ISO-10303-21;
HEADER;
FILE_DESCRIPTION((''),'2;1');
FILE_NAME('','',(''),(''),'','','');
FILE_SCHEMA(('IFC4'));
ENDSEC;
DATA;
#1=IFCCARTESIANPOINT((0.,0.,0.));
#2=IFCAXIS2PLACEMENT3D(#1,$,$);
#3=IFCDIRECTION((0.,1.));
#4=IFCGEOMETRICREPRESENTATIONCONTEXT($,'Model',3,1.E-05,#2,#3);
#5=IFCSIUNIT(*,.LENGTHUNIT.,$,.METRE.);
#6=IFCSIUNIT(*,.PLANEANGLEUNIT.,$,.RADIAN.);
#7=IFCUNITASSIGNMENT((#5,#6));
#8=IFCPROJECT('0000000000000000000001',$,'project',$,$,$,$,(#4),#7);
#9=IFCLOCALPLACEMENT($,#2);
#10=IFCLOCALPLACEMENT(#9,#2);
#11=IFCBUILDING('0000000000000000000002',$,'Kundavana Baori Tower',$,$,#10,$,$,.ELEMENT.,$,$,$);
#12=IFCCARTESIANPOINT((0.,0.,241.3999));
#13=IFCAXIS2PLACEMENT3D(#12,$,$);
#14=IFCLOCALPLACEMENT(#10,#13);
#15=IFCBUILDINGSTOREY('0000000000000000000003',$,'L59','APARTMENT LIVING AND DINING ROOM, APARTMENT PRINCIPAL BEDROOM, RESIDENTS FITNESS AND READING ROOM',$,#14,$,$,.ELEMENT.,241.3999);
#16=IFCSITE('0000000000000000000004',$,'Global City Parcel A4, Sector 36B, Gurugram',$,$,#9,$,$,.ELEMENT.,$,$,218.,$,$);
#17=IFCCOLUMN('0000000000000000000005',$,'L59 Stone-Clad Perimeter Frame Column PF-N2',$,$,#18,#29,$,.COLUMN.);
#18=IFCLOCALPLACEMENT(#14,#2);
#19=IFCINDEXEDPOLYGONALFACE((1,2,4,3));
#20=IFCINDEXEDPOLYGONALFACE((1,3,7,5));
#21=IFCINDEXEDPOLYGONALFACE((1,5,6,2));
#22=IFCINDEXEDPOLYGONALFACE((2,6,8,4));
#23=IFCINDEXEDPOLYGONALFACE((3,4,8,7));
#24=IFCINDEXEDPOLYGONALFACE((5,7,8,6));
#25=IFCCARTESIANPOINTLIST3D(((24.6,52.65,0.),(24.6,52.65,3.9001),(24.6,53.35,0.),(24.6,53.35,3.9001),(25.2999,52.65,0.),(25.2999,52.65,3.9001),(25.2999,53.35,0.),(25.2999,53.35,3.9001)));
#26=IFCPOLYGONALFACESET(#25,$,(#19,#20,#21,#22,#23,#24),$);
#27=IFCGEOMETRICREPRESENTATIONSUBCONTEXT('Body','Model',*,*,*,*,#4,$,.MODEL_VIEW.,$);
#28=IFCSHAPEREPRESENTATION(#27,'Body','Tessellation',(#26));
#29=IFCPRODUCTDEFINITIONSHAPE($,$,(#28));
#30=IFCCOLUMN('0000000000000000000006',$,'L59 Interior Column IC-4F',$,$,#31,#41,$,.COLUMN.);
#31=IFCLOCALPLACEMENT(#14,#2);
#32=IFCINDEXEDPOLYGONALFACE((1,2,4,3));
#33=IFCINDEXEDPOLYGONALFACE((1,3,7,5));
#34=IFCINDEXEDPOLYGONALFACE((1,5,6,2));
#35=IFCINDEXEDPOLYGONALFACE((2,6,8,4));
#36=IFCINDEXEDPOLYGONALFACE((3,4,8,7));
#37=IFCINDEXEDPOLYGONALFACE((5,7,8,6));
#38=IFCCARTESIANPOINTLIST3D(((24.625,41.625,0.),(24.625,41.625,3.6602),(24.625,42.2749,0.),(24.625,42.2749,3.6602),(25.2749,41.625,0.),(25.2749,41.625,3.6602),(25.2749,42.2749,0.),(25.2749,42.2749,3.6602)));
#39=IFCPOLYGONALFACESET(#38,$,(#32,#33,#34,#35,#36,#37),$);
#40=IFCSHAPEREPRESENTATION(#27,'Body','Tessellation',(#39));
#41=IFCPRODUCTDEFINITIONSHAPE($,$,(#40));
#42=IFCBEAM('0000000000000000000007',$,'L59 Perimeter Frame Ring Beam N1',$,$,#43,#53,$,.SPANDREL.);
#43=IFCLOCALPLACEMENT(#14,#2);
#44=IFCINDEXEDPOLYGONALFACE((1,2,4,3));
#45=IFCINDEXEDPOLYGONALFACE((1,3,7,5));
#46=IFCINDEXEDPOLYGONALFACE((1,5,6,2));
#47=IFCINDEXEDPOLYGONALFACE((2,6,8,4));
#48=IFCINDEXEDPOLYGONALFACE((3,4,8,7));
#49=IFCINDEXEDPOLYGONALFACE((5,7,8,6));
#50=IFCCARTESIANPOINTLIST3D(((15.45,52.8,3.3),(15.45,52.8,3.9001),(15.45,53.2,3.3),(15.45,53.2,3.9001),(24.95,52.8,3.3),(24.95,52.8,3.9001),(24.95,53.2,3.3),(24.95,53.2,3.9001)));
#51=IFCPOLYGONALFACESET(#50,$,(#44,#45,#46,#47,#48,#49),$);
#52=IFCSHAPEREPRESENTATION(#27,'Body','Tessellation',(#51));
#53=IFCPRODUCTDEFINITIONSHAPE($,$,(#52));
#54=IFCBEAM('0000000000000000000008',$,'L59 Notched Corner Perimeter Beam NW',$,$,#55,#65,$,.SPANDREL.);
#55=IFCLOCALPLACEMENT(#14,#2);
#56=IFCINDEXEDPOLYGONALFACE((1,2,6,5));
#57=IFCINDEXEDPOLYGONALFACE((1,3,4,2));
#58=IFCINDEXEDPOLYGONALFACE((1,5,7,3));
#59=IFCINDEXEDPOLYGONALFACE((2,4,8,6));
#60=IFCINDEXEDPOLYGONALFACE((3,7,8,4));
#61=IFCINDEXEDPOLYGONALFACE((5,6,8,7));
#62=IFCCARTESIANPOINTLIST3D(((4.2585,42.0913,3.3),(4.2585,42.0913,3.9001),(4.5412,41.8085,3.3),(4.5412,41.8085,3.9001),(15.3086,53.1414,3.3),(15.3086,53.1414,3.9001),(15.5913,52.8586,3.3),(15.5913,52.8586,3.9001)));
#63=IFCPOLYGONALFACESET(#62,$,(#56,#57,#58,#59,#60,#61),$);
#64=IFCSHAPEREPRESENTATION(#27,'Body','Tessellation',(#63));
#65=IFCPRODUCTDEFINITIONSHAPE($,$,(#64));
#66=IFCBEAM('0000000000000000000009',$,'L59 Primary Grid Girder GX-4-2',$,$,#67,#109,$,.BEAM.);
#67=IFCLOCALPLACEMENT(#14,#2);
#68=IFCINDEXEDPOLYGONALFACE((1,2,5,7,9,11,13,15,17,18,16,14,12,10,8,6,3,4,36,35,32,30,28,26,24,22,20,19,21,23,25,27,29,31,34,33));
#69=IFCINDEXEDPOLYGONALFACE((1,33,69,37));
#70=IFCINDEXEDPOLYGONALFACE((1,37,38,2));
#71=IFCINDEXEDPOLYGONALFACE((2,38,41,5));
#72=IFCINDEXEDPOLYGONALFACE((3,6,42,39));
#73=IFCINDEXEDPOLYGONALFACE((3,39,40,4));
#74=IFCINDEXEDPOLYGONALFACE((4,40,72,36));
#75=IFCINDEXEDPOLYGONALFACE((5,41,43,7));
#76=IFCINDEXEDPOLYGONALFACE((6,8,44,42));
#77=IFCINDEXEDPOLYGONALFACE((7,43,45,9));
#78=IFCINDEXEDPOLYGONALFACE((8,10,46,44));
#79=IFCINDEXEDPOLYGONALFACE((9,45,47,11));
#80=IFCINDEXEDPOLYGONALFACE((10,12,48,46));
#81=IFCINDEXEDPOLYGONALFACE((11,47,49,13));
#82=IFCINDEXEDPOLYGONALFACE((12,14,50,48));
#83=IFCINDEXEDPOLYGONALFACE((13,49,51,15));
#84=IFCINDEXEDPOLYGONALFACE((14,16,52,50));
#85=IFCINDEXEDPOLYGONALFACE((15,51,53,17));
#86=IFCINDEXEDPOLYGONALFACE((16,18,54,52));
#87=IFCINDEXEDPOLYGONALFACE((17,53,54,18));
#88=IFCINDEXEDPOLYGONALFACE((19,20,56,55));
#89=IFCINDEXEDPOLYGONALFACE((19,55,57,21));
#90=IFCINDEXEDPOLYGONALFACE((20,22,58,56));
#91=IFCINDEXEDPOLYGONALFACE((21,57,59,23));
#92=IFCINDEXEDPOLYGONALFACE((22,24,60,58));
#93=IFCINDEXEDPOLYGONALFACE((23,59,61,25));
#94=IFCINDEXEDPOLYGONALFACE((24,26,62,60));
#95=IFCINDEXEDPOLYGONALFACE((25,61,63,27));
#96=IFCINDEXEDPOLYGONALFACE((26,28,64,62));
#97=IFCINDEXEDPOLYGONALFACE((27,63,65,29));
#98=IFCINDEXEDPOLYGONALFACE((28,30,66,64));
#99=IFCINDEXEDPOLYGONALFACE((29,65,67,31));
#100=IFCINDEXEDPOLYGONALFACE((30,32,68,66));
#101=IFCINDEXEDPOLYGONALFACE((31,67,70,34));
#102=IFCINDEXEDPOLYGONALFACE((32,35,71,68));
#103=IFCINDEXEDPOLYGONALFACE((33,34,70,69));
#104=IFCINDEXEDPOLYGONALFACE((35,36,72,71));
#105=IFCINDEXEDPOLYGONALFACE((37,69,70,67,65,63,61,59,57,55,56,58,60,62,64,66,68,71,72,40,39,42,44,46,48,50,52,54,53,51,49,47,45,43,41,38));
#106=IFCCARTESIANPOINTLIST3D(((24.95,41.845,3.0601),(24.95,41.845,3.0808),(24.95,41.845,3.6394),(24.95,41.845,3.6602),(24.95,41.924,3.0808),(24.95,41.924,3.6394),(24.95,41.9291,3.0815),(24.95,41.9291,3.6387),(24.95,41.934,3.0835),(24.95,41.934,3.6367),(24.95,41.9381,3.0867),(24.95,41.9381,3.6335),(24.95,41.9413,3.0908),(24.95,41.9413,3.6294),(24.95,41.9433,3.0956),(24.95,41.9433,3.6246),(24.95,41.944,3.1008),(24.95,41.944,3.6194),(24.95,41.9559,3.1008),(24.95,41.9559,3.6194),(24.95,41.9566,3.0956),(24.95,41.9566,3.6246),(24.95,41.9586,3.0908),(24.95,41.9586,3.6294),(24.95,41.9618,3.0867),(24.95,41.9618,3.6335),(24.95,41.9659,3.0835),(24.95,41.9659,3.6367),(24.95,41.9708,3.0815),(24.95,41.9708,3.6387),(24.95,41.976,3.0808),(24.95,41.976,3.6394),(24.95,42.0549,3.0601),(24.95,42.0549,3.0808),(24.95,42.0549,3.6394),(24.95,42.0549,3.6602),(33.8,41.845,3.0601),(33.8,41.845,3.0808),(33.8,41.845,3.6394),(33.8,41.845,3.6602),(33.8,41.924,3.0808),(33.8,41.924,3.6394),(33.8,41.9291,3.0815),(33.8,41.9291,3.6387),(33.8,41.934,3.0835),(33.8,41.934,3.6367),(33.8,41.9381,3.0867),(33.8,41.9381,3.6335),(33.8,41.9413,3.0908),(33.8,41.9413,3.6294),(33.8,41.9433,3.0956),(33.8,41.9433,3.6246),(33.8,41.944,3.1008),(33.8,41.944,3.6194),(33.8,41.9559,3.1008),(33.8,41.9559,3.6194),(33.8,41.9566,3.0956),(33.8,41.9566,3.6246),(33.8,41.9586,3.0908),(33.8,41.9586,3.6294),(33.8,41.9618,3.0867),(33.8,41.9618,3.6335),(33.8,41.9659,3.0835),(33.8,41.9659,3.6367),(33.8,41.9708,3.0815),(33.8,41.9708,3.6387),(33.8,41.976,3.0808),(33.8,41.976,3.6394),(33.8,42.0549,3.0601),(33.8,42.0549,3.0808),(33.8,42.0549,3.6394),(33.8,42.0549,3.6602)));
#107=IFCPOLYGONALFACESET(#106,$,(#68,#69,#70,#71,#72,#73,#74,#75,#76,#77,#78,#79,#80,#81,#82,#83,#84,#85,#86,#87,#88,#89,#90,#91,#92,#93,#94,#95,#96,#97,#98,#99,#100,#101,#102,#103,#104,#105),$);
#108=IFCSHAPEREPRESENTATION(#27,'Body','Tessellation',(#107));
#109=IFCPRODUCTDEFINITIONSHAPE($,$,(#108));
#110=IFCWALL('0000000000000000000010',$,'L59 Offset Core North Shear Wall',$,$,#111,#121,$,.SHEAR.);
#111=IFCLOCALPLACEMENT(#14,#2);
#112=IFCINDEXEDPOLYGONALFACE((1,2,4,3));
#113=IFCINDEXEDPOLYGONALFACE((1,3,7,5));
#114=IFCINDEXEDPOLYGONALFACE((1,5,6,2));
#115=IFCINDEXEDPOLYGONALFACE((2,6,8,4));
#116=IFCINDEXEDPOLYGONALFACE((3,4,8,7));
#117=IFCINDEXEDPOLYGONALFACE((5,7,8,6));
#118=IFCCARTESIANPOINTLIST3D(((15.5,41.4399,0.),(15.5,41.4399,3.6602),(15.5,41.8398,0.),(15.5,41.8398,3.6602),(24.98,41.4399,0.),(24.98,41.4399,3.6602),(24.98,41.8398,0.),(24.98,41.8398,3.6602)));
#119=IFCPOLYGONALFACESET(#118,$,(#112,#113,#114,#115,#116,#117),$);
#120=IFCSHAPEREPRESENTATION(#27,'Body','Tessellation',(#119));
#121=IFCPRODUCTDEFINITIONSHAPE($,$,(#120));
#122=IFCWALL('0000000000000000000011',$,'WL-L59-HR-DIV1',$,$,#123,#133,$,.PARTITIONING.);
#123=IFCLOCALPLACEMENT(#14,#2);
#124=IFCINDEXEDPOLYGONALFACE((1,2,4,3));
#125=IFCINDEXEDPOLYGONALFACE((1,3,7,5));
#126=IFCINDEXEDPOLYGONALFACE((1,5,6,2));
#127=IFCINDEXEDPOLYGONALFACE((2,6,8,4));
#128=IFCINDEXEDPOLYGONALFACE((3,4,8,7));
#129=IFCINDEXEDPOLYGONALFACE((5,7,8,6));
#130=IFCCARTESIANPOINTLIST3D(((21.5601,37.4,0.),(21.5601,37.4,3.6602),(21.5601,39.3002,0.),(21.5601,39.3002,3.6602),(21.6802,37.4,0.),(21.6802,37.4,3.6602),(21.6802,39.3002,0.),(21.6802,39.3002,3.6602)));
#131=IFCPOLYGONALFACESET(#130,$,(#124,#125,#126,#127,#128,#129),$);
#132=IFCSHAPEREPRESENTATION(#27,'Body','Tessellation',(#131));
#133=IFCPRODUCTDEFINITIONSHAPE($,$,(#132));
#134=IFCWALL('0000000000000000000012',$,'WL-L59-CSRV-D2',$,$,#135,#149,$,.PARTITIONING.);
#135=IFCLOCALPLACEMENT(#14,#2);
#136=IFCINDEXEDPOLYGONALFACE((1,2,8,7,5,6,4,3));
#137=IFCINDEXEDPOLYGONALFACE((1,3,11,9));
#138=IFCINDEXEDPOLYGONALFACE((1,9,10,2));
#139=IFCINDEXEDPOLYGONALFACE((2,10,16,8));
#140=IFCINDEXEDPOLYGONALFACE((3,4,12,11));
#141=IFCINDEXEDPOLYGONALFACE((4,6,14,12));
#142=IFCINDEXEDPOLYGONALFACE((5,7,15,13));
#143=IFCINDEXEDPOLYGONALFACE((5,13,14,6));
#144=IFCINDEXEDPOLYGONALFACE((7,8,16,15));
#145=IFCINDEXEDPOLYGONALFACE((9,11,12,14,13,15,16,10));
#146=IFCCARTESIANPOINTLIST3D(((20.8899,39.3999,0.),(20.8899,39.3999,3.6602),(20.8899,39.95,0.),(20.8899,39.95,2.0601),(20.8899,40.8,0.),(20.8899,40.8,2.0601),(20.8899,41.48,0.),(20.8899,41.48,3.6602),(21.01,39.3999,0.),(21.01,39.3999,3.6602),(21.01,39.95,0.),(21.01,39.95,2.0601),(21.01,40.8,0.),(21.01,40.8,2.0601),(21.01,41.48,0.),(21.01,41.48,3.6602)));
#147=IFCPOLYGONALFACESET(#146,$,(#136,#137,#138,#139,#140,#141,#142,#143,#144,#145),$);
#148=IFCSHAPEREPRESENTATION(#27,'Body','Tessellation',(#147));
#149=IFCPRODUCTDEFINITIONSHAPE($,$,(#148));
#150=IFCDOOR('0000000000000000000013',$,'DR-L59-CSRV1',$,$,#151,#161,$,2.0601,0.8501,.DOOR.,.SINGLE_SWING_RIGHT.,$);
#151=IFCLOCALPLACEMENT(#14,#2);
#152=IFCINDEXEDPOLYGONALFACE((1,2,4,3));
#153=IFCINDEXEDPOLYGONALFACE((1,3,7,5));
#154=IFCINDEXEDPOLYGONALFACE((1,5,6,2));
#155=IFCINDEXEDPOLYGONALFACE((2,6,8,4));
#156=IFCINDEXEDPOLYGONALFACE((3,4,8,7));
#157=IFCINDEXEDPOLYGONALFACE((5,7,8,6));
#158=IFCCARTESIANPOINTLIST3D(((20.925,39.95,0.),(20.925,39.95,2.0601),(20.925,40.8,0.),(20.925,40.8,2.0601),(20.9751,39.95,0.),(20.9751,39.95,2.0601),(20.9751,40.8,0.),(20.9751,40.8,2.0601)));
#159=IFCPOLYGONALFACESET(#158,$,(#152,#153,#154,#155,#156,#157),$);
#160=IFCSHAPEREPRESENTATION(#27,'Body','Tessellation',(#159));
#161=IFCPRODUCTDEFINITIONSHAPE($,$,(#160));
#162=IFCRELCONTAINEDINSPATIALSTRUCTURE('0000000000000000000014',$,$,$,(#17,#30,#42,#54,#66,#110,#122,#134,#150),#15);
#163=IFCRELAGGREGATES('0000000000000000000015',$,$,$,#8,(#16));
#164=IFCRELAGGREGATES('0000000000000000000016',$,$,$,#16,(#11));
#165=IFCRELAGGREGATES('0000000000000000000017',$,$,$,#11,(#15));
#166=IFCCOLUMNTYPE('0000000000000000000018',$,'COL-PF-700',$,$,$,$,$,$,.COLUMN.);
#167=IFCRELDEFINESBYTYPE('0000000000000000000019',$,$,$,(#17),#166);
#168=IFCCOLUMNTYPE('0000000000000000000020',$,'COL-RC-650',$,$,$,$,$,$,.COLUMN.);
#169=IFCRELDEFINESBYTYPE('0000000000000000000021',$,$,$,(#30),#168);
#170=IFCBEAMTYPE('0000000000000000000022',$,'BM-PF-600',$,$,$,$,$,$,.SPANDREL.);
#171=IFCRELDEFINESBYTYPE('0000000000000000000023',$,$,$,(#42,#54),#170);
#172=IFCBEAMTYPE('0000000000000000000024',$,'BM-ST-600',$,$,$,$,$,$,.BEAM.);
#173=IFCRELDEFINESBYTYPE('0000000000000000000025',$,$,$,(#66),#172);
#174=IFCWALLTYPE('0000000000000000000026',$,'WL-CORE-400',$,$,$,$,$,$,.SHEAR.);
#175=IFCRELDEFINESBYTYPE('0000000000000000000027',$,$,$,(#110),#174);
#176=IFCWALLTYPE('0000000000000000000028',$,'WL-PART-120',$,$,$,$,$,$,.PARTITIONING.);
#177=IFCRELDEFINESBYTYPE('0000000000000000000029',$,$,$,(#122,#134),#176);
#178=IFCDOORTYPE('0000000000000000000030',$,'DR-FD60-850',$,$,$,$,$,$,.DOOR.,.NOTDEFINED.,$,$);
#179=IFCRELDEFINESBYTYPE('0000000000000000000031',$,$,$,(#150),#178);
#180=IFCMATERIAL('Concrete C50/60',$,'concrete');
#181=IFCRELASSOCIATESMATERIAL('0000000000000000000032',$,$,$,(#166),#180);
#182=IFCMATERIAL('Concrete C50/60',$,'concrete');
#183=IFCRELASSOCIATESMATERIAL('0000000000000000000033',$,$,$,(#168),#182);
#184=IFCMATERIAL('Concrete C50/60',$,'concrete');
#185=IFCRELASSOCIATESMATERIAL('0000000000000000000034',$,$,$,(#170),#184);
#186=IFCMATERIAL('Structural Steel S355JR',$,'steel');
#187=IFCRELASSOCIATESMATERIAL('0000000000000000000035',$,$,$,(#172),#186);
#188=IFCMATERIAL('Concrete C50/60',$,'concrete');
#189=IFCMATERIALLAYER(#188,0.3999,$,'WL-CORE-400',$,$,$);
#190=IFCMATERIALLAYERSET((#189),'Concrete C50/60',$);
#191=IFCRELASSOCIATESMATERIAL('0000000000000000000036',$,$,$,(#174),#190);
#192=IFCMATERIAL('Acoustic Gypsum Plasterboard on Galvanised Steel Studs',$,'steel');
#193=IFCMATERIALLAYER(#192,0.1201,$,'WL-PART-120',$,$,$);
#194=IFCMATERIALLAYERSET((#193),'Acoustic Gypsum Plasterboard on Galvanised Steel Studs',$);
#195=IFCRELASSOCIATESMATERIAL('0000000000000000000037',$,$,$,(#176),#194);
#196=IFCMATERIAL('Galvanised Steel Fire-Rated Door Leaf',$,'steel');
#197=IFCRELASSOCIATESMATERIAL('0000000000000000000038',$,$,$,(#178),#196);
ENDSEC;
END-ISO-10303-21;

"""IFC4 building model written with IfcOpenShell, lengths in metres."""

from ifc_helpers import new_model, si_unit, direction, frame, frame_2d, origin, origin_2d, place, context, subcontext, project, spatial, rectangle, i_section, extrude, material, layer, layer_set, material_profile, profile_set, type_object, element, fill, save


model = new_model("IFC4")

# Units and contexts
model_context = context("Model", 3, precision=1e-05, world=origin(), true_north=direction((0.0, 1.0)))
body_context = subcontext(model_context, "Body", "Model", "MODEL_VIEW")
ifc_project = project(units=[si_unit("LENGTHUNIT", "METRE"), si_unit("PLANEANGLEUNIT", "RADIAN")], contexts=[model_context])

# Site, building, storey
site_placement = place(None, origin())
site = spatial("IfcSite", under=ifc_project, at=site_placement, Name="Global City Parcel A4, Sector 36B, Gurugram", CompositionType="ELEMENT", RefElevation=218.0)
building_placement = place(site_placement, origin())
building = spatial("IfcBuilding", under=site, at=building_placement, Name="Kundavana Baori Tower", CompositionType="ELEMENT")
storey_placement = place(building_placement, frame((0.0, 0.0, 241.3999)))
storey = spatial("IfcBuildingStorey", under=building, at=storey_placement, Name="L59", Description="APARTMENT LIVING AND DINING ROOM, APARTMENT PRINCIPAL BEDROOM, RESIDENTS FITNESS AND READING ROOM", CompositionType="ELEMENT", Elevation=241.3999)

# Columns
ifc_material_1 = material(Name="Concrete C50/60", Category="concrete")
ifc_material_profile_1 = material_profile(ifc_material_1, rectangle(XDim=0.7, YDim=0.7, at=origin_2d()), Name="RC PF 700x700")
ifc_profile_set_1 = profile_set([ifc_material_profile_1], Name="Concrete C50/60")
column_type_1 = type_object("IfcColumnType", Name="COL-PF-700", PredefinedType="COLUMN", material=ifc_profile_set_1)
column_1_placement = place(storey_placement, frame((24.95, 53.0, 0.0), z_axis=(0.0, 0.0, 1.0), x_axis=(1.0, 0.0, 0.0)))
element("IfcColumn", 1, at=column_1_placement, inside=storey, type_object=column_type_1, Name="L59 Stone-Clad Perimeter Frame Column PF-N2", PredefinedType="COLUMN", context=body_context, shape_type="SweptSolid", body=[
    extrude(rectangle(XDim=0.7, YDim=0.7, at=origin_2d()), origin(), (0.0, 0.0, 1.0), 3.9001),
])
ifc_material_2 = material(Name="Concrete C50/60", Category="concrete")
ifc_material_profile_2 = material_profile(ifc_material_2, rectangle(XDim=0.6499, YDim=0.6499, at=origin_2d()), Name="RC 650x650")
ifc_profile_set_2 = profile_set([ifc_material_profile_2], Name="Concrete C50/60")
column_type_2 = type_object("IfcColumnType", Name="COL-RC-650", PredefinedType="COLUMN", material=ifc_profile_set_2)
column_2_placement = place(storey_placement, frame((24.95, 41.95, 0.0), z_axis=(0.0, 0.0, 1.0), x_axis=(1.0, 0.0, 0.0)))
element("IfcColumn", 2, at=column_2_placement, inside=storey, type_object=column_type_2, Name="L59 Interior Column IC-4F", PredefinedType="COLUMN", context=body_context, shape_type="SweptSolid", body=[
    extrude(rectangle(XDim=0.6499, YDim=0.6499, at=origin_2d()), origin(), (0.0, 0.0, 1.0), 3.6602),
])

# Beams
ifc_material_3 = material(Name="Concrete C50/60", Category="concrete")
ifc_material_profile_3 = material_profile(ifc_material_3, rectangle(XDim=0.3999, YDim=0.6001, at=origin_2d()), Name="RC BM 400x600")
ifc_profile_set_3 = profile_set([ifc_material_profile_3], Name="Concrete C50/60")
beam_type_1 = type_object("IfcBeamType", Name="BM-PF-600", PredefinedType="SPANDREL", material=ifc_profile_set_3)
beam_1_placement = place(storey_placement, frame((15.45, 53.0, 3.6001), z_axis=(1.0, 0.0, 0.0), x_axis=(0.0, 1.0, 0.0)))
element("IfcBeam", 3, at=beam_1_placement, inside=storey, type_object=beam_type_1, Name="L59 Perimeter Frame Ring Beam N1", PredefinedType="SPANDREL", context=body_context, shape_type="SweptSolid", body=[
    extrude(rectangle(XDim=0.3999, YDim=0.6001, at=origin_2d()), origin(), (0.0, 0.0, 1.0), 9.5),
])
beam_2_placement = place(storey_placement, frame((15.45, 53.0, 3.6001), z_axis=(-0.707107, -0.707107, 0.0), x_axis=(0.707107, -0.707107, 0.0)))
element("IfcBeam", 4, at=beam_2_placement, inside=storey, type_object=beam_type_1, Name="L59 Notched Corner Perimeter Beam NW", PredefinedType="SPANDREL", context=body_context, shape_type="SweptSolid", body=[
    extrude(rectangle(XDim=0.3999, YDim=0.6001, at=origin_2d()), origin(), (0.0, 0.0, 1.0), 15.6272),
])
ifc_material_4 = material(Name="Structural Steel S355JR", Category="steel")
ifc_material_profile_4 = material_profile(ifc_material_4, i_section(OverallWidth=0.21, OverallDepth=0.6001, WebThickness=0.012, FlangeThickness=0.0208, FilletRadius=0.02, at=origin_2d()), Name="ISMB 600")
ifc_profile_set_4 = profile_set([ifc_material_profile_4], Name="Structural Steel S355JR")
beam_type_2 = type_object("IfcBeamType", Name="BM-ST-600", PredefinedType="BEAM", material=ifc_profile_set_4)
beam_3_placement = place(storey_placement, frame((24.95, 41.95, 3.3601), z_axis=(1.0, 0.0, 0.0), x_axis=(0.0, 1.0, 0.0)))
element("IfcBeam", 5, at=beam_3_placement, inside=storey, type_object=beam_type_2, Name="L59 Primary Grid Girder GX-4-2", PredefinedType="BEAM", context=body_context, shape_type="SweptSolid", body=[
    extrude(i_section(OverallWidth=0.21, OverallDepth=0.6001, WebThickness=0.012, FlangeThickness=0.0208, FilletRadius=0.02, at=origin_2d()), origin(), (0.0, 0.0, 1.0), 8.8501),
])

# Walls
ifc_material_5 = material(Name="Concrete C50/60", Category="concrete")
ifc_layer_1 = layer(ifc_material_5, 0.3999, Name="WL-CORE-400")
ifc_layer_set_1 = layer_set([ifc_layer_1], Name="Concrete C50/60")
wall_type_1 = type_object("IfcWallType", Name="WL-CORE-400", PredefinedType="SHEAR", material=ifc_layer_set_1)
wall_1_placement = place(storey_placement, frame((15.5, 41.6399, 0.0), z_axis=(0.0, 0.0, 1.0), x_axis=(1.0, 0.0, 0.0)))
element("IfcWall", 6, at=wall_1_placement, inside=storey, type_object=wall_type_1, Name="L59 Offset Core North Shear Wall", PredefinedType="SHEAR", context=body_context, shape_type="SweptSolid", body=[
    extrude(rectangle(XDim=9.48, YDim=0.3999, at=frame_2d((4.74, 0.0))), origin(), (0.0, 0.0, 1.0), 3.6602),
])
ifc_material_6 = material(Name="Acoustic Gypsum Plasterboard on Galvanised Steel Studs", Category="steel")
ifc_layer_2 = layer(ifc_material_6, 0.1201, Name="WL-PART-120")
ifc_layer_set_2 = layer_set([ifc_layer_2], Name="Acoustic Gypsum Plasterboard on Galvanised Steel Studs")
wall_type_2 = type_object("IfcWallType", Name="WL-PART-120", PredefinedType="PARTITIONING", material=ifc_layer_set_2)
wall_2_placement = place(storey_placement, frame((21.6201, 37.3999, 0.0), z_axis=(0.0, 0.0, 1.0), x_axis=(0.0, 1.0, 0.0)))
element("IfcWall", 7, at=wall_2_placement, inside=storey, type_object=wall_type_2, Name="WL-L59-HR-DIV1", PredefinedType="PARTITIONING", context=body_context, shape_type="SweptSolid", body=[
    extrude(rectangle(XDim=1.9001, YDim=0.1201, at=frame_2d((0.9502, 0.0))), origin(), (0.0, 0.0, 1.0), 3.6602),
])

# Wall, opening, door
wall_3_placement = place(storey_placement, frame((20.95, 39.3999, 0.0), z_axis=(0.0, 0.0, 1.0), x_axis=(0.0, 1.0, 0.0)))
wall_3 = element("IfcWall", 8, at=wall_3_placement, inside=storey, type_object=wall_type_2, Name="WL-L59-CSRV-D2", PredefinedType="PARTITIONING", context=body_context, shape_type="SweptSolid", body=[
    extrude(rectangle(XDim=2.0801, YDim=0.1201, at=frame_2d((1.04, 0.0))), origin(), (0.0, 0.0, 1.0), 3.6602),
])
opening_1_placement = place(wall_3_placement, frame((0.55, 0.0, 0.0)))
opening_1 = element("IfcOpeningElement", 9, at=opening_1_placement, cuts=wall_3, PredefinedType="OPENING", context=body_context, shape_type="SweptSolid", body=[
    extrude(rectangle(XDim=0.8501, YDim=2.0601, at=frame_2d((0.425, 1.03))), frame((0.0, 0.0701, 0.0), z_axis=(0.0, -1.0, 0.0), x_axis=(1.0, 0.0, 0.0)), (0.0, 0.0, 1.0), 0.1401),
])
ifc_material_7 = material(Name="Galvanised Steel Fire-Rated Door Leaf", Category="steel")
door_type_1 = type_object("IfcDoorType", Name="DR-FD60-850", OperationType="NOTDEFINED", PredefinedType="DOOR", material=ifc_material_7)
door_1_placement = place(opening_1_placement, origin())
door_1 = element("IfcDoor", 10, at=door_1_placement, inside=storey, type_object=door_type_1, Name="DR-L59-CSRV1", OperationType="SINGLE_SWING_RIGHT", OverallHeight=2.0601, OverallWidth=0.8501, PredefinedType="DOOR", context=body_context, shape_type="SweptSolid", body=[
    extrude(rectangle(XDim=0.8501, YDim=2.0601, at=frame_2d((0.425, 1.03))), frame((0.0, 0.0249, 0.0), z_axis=(0.0, -1.0, 0.0), x_axis=(1.0, 0.0, 0.0)), (0.0, 0.0, 1.0), 0.05),
])
fill(opening_1, door_1)

save(model, "model.ifc")
